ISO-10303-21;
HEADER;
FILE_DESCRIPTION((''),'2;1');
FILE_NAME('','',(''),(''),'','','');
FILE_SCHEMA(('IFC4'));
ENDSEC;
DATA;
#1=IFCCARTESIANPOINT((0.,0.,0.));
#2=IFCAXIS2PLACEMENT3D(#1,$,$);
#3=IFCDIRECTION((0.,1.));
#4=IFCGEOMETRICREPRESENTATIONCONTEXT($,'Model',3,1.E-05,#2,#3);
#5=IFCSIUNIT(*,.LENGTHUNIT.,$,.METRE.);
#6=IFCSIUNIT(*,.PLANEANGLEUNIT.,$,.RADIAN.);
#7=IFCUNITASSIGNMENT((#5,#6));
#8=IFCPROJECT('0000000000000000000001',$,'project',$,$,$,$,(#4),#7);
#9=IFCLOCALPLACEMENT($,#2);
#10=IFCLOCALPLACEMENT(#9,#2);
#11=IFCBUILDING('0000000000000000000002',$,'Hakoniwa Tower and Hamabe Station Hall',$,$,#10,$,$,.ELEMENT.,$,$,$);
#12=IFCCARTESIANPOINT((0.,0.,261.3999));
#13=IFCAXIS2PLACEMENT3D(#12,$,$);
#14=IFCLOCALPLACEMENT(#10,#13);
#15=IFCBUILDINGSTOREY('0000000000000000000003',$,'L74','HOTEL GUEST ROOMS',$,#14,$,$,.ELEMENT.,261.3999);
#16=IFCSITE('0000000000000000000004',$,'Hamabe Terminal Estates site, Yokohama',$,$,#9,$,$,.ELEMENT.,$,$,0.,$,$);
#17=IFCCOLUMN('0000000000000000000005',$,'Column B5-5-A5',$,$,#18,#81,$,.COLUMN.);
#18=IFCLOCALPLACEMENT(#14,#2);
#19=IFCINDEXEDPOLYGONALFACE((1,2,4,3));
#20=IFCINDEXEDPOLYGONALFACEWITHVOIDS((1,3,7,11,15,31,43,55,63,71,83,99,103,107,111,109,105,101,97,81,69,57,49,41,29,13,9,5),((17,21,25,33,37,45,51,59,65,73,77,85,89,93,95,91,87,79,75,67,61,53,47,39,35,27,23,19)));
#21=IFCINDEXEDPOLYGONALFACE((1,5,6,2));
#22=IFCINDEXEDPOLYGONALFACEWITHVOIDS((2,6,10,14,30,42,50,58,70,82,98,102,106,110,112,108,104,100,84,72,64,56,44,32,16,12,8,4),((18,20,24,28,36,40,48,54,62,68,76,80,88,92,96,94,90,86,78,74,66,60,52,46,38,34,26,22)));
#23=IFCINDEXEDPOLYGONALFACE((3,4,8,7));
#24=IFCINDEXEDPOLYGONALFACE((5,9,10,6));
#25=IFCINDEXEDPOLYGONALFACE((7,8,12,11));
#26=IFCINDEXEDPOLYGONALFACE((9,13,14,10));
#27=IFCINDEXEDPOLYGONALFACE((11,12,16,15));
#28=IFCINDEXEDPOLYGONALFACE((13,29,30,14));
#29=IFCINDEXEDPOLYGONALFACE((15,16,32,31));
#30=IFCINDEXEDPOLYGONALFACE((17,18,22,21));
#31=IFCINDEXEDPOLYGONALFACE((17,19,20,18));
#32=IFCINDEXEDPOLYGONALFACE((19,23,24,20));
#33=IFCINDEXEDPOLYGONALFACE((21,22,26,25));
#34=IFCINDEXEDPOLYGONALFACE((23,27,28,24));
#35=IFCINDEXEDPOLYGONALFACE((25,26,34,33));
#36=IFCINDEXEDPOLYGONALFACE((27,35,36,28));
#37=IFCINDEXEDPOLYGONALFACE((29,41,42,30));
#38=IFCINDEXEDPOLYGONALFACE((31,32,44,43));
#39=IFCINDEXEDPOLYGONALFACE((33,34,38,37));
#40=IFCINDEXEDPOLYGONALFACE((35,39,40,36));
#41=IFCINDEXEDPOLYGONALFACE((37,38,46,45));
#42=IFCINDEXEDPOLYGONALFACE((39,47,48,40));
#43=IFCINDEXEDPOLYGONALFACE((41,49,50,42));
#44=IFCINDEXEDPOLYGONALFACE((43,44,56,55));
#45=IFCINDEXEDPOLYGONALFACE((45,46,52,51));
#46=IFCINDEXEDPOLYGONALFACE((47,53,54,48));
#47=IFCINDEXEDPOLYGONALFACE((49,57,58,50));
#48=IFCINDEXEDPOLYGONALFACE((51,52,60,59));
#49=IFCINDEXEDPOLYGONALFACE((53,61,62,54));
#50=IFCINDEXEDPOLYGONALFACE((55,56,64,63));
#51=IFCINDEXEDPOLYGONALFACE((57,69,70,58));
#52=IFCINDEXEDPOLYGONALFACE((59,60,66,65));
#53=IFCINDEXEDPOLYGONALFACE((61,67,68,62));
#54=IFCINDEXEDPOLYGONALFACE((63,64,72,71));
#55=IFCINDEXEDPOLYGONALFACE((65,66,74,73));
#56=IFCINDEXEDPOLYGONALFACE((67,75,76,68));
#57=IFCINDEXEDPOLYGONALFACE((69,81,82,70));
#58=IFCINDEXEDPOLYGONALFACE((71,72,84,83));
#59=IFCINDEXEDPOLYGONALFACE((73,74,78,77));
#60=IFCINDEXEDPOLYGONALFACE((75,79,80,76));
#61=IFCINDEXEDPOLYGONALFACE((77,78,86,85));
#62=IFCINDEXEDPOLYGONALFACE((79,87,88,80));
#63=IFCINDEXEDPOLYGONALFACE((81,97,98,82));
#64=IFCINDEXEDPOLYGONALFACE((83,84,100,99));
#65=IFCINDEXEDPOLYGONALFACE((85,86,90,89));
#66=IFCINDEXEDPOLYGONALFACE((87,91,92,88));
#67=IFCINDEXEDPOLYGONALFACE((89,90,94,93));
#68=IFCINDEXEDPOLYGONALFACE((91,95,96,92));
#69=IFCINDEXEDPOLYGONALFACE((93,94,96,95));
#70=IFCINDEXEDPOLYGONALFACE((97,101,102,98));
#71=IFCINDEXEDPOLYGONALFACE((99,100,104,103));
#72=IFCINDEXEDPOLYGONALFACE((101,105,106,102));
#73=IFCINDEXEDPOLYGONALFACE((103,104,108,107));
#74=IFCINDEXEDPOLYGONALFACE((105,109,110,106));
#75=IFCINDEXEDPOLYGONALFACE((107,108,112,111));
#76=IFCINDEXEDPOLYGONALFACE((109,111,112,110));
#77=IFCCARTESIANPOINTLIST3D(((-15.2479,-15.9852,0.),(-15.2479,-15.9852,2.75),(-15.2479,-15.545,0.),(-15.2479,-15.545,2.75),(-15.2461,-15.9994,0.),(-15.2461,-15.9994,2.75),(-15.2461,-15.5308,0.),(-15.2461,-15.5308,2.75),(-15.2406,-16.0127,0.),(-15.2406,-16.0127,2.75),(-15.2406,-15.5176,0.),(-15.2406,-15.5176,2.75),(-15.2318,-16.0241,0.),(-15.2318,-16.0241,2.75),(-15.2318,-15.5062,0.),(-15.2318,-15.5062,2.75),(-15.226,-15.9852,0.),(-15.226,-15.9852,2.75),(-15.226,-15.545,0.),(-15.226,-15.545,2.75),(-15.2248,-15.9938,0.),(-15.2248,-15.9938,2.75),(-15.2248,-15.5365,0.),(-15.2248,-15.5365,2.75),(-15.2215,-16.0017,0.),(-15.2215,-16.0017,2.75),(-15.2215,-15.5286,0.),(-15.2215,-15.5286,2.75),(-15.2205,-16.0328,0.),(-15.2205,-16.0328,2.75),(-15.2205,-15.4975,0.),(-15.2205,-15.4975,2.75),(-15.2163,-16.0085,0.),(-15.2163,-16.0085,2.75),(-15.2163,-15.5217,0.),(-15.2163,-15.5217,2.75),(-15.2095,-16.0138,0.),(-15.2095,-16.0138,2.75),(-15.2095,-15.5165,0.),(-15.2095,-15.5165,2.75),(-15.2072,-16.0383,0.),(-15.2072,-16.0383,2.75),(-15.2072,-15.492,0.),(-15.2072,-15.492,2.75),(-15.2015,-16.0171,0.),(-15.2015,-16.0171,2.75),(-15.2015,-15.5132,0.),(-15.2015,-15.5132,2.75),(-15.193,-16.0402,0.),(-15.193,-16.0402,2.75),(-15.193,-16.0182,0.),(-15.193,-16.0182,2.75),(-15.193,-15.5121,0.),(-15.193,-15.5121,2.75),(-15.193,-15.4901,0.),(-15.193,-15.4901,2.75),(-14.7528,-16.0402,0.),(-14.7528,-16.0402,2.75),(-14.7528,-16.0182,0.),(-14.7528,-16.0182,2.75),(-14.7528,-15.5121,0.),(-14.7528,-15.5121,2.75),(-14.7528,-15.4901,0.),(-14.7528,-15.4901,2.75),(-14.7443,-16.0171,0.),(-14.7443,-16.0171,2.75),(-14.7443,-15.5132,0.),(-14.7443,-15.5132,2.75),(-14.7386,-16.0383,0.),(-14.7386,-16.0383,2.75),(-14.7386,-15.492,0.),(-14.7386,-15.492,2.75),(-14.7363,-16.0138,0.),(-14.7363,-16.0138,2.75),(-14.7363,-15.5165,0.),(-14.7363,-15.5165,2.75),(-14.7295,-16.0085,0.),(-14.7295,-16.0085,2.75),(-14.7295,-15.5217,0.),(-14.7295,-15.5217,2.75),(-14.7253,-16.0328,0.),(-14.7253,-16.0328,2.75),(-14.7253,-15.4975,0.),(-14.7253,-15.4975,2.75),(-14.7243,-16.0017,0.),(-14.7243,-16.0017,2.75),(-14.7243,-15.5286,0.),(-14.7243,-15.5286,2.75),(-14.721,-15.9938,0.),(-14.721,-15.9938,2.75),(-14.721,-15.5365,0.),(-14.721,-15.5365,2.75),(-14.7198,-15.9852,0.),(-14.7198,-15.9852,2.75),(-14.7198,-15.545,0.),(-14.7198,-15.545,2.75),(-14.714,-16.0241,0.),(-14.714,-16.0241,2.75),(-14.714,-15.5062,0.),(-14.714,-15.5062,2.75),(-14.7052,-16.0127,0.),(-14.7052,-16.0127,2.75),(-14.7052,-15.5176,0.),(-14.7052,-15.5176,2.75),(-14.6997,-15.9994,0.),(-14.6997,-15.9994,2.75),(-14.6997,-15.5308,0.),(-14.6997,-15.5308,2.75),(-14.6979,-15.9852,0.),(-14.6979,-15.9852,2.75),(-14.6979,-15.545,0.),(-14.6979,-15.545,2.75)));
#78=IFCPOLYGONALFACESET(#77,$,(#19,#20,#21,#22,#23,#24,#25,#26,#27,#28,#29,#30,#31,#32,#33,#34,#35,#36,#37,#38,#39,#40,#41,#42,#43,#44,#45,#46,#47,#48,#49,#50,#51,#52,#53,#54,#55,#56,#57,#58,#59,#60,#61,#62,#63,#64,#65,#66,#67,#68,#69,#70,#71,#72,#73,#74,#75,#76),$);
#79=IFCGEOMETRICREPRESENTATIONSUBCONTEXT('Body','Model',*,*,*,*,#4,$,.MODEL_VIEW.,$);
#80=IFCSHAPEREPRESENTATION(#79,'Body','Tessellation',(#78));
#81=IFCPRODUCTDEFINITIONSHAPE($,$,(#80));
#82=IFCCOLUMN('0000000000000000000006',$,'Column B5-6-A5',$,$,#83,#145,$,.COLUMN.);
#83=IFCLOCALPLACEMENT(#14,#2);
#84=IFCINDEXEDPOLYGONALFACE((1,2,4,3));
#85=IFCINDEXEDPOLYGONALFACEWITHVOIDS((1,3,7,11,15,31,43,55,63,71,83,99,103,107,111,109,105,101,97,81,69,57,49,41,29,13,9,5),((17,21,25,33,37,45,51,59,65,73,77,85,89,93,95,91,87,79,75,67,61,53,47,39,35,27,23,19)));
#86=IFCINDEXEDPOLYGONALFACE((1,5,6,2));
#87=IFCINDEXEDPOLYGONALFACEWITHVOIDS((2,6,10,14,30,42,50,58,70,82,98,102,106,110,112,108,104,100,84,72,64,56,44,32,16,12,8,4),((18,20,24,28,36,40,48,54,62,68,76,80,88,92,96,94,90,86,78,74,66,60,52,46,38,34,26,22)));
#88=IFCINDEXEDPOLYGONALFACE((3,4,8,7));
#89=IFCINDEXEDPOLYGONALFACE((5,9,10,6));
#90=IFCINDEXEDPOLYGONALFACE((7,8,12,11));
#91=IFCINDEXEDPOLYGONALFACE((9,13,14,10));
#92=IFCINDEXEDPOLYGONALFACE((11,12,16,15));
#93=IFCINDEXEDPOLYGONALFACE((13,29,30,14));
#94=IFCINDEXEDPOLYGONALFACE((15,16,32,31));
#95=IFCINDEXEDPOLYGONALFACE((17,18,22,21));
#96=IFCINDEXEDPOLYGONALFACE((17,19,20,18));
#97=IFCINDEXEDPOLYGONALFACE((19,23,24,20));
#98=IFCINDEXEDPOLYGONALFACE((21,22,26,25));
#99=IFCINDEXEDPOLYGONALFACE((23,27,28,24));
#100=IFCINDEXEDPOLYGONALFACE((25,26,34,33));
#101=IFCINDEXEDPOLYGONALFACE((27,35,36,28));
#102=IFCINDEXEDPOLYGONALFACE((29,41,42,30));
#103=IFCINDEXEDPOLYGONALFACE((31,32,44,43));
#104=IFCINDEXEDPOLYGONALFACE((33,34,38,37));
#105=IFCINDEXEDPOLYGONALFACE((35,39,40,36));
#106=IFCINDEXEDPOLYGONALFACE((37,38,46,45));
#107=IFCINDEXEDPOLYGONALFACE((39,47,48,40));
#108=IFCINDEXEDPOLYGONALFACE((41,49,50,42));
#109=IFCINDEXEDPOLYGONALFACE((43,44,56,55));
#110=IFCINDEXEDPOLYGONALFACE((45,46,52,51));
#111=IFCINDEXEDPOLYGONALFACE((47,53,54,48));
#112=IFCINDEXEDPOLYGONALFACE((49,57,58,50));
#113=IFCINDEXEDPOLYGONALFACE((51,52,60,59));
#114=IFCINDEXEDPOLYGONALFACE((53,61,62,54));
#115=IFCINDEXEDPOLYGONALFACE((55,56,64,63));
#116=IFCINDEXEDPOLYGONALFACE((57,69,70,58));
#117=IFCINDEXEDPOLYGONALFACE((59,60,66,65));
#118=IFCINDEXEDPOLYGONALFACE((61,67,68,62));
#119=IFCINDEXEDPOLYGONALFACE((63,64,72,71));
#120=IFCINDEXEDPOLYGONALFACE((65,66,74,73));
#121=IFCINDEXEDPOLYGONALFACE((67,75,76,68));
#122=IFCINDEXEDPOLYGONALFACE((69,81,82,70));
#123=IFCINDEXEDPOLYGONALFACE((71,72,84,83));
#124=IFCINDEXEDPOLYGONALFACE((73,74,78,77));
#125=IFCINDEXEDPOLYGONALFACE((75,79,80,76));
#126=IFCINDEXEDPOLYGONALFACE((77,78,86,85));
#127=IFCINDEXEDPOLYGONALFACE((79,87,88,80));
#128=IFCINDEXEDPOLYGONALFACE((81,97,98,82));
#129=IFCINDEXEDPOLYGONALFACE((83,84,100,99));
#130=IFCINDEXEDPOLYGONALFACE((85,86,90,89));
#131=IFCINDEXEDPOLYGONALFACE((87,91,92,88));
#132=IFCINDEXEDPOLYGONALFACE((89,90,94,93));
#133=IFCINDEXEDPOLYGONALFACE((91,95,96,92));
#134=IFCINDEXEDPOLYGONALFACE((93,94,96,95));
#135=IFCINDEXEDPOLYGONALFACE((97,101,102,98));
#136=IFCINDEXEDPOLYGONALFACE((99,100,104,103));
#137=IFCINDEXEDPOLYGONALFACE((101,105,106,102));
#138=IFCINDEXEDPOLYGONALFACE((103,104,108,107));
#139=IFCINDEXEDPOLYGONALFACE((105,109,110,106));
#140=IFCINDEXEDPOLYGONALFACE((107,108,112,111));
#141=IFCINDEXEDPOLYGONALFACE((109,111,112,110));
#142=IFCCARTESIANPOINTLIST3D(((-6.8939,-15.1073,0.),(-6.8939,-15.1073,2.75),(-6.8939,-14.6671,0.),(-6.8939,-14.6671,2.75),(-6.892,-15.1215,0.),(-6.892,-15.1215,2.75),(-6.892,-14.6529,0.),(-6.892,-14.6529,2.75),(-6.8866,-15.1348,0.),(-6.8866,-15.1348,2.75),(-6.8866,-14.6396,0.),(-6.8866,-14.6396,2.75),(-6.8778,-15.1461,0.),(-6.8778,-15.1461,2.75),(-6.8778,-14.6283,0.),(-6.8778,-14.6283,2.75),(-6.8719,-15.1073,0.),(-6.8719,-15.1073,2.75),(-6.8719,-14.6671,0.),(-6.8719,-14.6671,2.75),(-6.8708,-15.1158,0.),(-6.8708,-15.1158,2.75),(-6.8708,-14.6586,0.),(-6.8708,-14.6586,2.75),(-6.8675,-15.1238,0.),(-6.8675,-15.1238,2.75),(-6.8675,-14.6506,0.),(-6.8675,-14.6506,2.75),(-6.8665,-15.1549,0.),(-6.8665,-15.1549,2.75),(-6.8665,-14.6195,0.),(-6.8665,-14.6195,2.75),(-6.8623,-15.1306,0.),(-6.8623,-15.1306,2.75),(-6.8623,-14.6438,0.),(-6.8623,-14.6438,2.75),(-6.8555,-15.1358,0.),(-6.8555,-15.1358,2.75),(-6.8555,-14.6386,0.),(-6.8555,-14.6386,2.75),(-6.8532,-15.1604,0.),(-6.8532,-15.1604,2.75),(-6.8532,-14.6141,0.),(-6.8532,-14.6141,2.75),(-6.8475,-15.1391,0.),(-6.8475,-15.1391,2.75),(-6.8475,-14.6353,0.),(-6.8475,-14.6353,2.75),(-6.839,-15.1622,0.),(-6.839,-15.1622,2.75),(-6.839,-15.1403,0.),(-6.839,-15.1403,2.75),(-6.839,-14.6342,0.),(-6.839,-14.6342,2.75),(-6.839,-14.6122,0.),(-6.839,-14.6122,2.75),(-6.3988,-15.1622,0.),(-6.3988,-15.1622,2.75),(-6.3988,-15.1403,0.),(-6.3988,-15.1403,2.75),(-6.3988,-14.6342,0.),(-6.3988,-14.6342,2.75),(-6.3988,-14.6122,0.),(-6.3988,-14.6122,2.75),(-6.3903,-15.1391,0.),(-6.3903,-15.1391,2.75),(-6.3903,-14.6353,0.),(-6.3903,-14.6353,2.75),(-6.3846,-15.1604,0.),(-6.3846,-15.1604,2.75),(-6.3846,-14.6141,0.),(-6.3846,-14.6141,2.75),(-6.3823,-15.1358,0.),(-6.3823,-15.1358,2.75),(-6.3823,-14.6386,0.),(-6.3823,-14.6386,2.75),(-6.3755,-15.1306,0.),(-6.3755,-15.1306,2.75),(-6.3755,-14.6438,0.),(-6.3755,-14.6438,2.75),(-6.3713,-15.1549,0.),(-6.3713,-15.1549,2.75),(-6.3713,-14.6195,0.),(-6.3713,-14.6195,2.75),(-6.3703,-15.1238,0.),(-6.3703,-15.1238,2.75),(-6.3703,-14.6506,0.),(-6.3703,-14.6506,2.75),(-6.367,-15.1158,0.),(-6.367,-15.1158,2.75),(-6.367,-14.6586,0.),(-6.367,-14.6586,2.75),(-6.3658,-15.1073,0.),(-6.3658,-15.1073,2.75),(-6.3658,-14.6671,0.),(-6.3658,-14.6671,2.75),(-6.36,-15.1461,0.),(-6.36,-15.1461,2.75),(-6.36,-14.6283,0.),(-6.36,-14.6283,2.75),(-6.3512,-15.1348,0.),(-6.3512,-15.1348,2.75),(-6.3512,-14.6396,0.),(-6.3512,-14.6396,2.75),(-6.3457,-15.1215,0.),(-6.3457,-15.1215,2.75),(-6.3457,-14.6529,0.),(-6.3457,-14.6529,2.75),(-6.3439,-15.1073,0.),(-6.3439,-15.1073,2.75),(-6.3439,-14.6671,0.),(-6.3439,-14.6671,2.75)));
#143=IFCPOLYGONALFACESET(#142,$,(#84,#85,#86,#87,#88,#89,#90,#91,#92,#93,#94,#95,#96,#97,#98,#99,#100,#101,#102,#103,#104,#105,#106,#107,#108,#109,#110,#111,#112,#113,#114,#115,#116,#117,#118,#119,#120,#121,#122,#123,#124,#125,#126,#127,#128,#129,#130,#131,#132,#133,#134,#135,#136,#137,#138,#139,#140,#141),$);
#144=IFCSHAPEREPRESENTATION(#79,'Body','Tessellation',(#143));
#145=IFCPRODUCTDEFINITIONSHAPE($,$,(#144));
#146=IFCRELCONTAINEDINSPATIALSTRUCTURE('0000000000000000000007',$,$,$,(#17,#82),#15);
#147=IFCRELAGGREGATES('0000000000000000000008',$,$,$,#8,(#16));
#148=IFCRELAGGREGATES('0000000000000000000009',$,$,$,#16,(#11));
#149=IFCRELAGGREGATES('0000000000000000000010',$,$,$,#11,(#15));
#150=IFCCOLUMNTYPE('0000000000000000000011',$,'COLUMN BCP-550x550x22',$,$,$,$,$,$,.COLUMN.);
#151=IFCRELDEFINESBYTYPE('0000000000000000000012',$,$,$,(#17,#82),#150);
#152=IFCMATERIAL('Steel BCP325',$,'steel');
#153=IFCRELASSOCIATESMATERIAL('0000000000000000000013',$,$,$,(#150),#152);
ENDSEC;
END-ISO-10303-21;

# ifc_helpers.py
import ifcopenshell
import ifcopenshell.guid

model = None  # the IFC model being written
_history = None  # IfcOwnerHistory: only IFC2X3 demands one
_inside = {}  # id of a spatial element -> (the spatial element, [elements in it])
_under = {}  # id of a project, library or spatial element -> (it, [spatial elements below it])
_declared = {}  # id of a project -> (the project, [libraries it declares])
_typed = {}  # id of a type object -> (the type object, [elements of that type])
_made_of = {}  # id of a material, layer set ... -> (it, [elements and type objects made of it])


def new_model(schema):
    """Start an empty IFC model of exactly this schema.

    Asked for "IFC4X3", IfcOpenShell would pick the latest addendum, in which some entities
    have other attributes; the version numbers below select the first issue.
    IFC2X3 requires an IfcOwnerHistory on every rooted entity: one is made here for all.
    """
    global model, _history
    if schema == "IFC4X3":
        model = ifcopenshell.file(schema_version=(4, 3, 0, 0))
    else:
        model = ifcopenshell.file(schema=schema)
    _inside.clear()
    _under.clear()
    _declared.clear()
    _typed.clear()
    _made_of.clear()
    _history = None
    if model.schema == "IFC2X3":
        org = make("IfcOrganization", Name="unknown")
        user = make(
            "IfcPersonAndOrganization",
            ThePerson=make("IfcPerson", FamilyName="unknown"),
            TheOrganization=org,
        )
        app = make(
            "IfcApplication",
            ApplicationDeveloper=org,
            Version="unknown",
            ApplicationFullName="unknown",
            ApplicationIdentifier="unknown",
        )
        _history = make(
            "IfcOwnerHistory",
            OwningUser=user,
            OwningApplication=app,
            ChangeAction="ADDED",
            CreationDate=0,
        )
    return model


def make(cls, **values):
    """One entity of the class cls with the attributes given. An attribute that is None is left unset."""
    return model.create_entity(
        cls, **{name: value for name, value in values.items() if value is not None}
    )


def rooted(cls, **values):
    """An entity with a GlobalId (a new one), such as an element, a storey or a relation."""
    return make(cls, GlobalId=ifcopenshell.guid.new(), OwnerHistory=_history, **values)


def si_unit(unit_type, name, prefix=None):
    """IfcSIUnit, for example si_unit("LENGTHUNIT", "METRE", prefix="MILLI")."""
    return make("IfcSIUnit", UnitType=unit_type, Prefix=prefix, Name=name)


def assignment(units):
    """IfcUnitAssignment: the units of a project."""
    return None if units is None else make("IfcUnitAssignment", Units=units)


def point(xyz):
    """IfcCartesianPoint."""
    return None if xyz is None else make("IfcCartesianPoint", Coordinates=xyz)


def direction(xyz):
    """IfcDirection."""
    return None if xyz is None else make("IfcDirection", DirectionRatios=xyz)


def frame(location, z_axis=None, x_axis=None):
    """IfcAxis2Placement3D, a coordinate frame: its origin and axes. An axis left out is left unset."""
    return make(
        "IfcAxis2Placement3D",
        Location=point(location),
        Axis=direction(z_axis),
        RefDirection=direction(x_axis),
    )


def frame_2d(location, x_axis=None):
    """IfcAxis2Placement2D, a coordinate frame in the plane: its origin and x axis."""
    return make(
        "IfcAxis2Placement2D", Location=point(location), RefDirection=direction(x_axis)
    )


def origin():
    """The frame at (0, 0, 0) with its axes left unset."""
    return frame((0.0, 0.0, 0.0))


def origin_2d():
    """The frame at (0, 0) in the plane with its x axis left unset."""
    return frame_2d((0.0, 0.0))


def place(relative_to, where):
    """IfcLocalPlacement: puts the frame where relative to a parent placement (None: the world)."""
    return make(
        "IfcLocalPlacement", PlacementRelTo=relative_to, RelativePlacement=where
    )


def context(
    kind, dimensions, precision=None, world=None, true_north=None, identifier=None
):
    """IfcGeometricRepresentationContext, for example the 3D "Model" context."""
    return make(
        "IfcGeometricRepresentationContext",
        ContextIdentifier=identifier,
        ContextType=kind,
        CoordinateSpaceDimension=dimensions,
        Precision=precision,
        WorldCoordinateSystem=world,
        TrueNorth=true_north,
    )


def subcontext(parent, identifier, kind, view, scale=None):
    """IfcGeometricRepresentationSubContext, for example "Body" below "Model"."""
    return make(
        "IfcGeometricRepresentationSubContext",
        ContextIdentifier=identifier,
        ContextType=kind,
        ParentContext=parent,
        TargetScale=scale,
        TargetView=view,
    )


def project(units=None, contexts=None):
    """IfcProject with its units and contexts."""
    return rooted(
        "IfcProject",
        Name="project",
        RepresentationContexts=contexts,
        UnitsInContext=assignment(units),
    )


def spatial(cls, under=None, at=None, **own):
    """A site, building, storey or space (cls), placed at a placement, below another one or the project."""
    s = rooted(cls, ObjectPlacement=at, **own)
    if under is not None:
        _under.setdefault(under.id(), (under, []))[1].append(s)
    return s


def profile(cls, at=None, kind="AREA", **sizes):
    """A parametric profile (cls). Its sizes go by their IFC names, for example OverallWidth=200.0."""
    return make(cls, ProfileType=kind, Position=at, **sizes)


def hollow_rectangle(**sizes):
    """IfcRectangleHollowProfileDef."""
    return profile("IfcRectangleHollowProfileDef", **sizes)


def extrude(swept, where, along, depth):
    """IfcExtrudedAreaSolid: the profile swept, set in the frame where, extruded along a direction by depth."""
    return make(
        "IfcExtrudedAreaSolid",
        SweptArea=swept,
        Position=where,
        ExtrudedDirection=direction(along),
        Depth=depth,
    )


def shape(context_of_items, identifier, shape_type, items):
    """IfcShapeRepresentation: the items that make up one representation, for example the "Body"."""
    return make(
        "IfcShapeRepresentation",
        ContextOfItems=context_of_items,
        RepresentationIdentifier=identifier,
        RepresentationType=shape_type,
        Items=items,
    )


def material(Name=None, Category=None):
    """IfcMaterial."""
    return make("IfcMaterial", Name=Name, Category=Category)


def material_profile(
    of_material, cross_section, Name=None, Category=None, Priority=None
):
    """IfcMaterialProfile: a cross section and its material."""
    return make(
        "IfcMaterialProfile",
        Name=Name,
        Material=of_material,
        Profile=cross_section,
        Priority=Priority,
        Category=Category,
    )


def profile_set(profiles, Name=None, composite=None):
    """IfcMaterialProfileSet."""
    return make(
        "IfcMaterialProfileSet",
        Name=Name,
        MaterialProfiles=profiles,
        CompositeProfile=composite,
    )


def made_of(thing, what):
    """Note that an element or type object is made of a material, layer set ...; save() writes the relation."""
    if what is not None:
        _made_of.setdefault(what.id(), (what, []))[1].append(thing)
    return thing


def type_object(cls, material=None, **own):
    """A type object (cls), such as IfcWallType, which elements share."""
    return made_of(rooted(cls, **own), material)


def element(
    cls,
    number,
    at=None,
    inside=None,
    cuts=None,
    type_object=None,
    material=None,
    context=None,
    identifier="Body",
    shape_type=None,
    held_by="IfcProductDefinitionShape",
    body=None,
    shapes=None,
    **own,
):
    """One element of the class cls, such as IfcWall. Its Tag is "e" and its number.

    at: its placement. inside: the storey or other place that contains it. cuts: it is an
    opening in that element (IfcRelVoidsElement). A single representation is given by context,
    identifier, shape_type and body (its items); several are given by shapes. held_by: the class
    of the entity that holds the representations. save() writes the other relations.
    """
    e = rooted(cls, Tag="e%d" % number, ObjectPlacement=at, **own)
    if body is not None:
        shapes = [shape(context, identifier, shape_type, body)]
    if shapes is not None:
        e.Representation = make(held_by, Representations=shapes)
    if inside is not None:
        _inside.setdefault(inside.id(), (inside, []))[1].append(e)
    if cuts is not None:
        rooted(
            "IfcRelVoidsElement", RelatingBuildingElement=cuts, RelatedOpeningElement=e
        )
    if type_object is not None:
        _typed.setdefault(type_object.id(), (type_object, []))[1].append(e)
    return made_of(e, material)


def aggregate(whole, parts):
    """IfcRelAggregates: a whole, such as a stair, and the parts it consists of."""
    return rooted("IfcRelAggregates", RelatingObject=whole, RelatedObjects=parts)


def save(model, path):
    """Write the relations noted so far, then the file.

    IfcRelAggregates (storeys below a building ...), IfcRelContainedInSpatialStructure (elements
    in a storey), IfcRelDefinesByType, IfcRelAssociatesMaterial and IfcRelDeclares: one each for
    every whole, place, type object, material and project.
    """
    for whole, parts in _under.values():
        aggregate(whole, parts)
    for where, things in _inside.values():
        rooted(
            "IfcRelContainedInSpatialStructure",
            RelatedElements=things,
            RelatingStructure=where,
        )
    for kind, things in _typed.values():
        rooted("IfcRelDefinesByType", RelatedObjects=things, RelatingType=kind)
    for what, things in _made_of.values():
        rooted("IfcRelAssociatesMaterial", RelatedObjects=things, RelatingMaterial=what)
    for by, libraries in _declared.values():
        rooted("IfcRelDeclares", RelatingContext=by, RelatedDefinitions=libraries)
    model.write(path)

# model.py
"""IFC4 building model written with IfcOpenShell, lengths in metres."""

from ifc_helpers import new_model, si_unit, direction, frame, origin, origin_2d, place, context, subcontext, project, spatial, hollow_rectangle, extrude, material, material_profile, profile_set, type_object, element, save


model = new_model("IFC4")

# Units and contexts
model_context = context("Model", 3, precision=1e-05, world=origin(), true_north=direction((0.0, 1.0)))
body_context = subcontext(model_context, "Body", "Model", "MODEL_VIEW")
ifc_project = project(units=[si_unit("LENGTHUNIT", "METRE"), si_unit("PLANEANGLEUNIT", "RADIAN")], contexts=[model_context])

# Site, building, storey
site_placement = place(None, origin())
site = spatial("IfcSite", under=ifc_project, at=site_placement, Name="Hamabe Terminal Estates site, Yokohama", CompositionType="ELEMENT", RefElevation=0.0)
building_placement = place(site_placement, origin())
building = spatial("IfcBuilding", under=site, at=building_placement, Name="Hakoniwa Tower and Hamabe Station Hall", CompositionType="ELEMENT")
storey_placement = place(building_placement, frame((0.0, 0.0, 261.3999)))
storey = spatial("IfcBuildingStorey", under=building, at=storey_placement, Name="L74", Description="HOTEL GUEST ROOMS", CompositionType="ELEMENT", Elevation=261.3999)

# Columns
ifc_material_1 = material(Name="Steel BCP325", Category="steel")
ifc_material_profile_1 = material_profile(ifc_material_1, hollow_rectangle(XDim=0.55, YDim=0.55, WallThickness=0.022, InnerFilletRadius=0.033, OuterFilletRadius=0.0549, at=origin_2d()), Name="BCP-550x550x22")
ifc_profile_set_1 = profile_set([ifc_material_profile_1], Name="Steel BCP325")
column_type_1 = type_object("IfcColumnType", Name="COLUMN BCP-550x550x22", PredefinedType="COLUMN", material=ifc_profile_set_1)
for number, where, z_axis, x_axis, name in (
    (1, (-14.9729, -15.7651, 0.0), (0.0, 0.0, 1.0), (1.0, 0.0, 0.0), "Column B5-5-A5"),
    (2, (-6.6189, -14.8872, 0.0), (0.0, 0.0, 1.0), (1.0, 0.0, 0.0), "Column B5-6-A5"),
):
    element("IfcColumn", number, at=place(storey_placement, frame(where, z_axis=z_axis, x_axis=x_axis)), inside=storey, type_object=column_type_1, Name=name, PredefinedType="COLUMN", context=body_context, shape_type="SweptSolid", body=[
        extrude(hollow_rectangle(XDim=0.55, YDim=0.55, WallThickness=0.022, InnerFilletRadius=0.033, OuterFilletRadius=0.0549, at=origin_2d()), origin(), (0.0, 0.0, 1.0), 2.75),
    ])

save(model, "model.ifc")
